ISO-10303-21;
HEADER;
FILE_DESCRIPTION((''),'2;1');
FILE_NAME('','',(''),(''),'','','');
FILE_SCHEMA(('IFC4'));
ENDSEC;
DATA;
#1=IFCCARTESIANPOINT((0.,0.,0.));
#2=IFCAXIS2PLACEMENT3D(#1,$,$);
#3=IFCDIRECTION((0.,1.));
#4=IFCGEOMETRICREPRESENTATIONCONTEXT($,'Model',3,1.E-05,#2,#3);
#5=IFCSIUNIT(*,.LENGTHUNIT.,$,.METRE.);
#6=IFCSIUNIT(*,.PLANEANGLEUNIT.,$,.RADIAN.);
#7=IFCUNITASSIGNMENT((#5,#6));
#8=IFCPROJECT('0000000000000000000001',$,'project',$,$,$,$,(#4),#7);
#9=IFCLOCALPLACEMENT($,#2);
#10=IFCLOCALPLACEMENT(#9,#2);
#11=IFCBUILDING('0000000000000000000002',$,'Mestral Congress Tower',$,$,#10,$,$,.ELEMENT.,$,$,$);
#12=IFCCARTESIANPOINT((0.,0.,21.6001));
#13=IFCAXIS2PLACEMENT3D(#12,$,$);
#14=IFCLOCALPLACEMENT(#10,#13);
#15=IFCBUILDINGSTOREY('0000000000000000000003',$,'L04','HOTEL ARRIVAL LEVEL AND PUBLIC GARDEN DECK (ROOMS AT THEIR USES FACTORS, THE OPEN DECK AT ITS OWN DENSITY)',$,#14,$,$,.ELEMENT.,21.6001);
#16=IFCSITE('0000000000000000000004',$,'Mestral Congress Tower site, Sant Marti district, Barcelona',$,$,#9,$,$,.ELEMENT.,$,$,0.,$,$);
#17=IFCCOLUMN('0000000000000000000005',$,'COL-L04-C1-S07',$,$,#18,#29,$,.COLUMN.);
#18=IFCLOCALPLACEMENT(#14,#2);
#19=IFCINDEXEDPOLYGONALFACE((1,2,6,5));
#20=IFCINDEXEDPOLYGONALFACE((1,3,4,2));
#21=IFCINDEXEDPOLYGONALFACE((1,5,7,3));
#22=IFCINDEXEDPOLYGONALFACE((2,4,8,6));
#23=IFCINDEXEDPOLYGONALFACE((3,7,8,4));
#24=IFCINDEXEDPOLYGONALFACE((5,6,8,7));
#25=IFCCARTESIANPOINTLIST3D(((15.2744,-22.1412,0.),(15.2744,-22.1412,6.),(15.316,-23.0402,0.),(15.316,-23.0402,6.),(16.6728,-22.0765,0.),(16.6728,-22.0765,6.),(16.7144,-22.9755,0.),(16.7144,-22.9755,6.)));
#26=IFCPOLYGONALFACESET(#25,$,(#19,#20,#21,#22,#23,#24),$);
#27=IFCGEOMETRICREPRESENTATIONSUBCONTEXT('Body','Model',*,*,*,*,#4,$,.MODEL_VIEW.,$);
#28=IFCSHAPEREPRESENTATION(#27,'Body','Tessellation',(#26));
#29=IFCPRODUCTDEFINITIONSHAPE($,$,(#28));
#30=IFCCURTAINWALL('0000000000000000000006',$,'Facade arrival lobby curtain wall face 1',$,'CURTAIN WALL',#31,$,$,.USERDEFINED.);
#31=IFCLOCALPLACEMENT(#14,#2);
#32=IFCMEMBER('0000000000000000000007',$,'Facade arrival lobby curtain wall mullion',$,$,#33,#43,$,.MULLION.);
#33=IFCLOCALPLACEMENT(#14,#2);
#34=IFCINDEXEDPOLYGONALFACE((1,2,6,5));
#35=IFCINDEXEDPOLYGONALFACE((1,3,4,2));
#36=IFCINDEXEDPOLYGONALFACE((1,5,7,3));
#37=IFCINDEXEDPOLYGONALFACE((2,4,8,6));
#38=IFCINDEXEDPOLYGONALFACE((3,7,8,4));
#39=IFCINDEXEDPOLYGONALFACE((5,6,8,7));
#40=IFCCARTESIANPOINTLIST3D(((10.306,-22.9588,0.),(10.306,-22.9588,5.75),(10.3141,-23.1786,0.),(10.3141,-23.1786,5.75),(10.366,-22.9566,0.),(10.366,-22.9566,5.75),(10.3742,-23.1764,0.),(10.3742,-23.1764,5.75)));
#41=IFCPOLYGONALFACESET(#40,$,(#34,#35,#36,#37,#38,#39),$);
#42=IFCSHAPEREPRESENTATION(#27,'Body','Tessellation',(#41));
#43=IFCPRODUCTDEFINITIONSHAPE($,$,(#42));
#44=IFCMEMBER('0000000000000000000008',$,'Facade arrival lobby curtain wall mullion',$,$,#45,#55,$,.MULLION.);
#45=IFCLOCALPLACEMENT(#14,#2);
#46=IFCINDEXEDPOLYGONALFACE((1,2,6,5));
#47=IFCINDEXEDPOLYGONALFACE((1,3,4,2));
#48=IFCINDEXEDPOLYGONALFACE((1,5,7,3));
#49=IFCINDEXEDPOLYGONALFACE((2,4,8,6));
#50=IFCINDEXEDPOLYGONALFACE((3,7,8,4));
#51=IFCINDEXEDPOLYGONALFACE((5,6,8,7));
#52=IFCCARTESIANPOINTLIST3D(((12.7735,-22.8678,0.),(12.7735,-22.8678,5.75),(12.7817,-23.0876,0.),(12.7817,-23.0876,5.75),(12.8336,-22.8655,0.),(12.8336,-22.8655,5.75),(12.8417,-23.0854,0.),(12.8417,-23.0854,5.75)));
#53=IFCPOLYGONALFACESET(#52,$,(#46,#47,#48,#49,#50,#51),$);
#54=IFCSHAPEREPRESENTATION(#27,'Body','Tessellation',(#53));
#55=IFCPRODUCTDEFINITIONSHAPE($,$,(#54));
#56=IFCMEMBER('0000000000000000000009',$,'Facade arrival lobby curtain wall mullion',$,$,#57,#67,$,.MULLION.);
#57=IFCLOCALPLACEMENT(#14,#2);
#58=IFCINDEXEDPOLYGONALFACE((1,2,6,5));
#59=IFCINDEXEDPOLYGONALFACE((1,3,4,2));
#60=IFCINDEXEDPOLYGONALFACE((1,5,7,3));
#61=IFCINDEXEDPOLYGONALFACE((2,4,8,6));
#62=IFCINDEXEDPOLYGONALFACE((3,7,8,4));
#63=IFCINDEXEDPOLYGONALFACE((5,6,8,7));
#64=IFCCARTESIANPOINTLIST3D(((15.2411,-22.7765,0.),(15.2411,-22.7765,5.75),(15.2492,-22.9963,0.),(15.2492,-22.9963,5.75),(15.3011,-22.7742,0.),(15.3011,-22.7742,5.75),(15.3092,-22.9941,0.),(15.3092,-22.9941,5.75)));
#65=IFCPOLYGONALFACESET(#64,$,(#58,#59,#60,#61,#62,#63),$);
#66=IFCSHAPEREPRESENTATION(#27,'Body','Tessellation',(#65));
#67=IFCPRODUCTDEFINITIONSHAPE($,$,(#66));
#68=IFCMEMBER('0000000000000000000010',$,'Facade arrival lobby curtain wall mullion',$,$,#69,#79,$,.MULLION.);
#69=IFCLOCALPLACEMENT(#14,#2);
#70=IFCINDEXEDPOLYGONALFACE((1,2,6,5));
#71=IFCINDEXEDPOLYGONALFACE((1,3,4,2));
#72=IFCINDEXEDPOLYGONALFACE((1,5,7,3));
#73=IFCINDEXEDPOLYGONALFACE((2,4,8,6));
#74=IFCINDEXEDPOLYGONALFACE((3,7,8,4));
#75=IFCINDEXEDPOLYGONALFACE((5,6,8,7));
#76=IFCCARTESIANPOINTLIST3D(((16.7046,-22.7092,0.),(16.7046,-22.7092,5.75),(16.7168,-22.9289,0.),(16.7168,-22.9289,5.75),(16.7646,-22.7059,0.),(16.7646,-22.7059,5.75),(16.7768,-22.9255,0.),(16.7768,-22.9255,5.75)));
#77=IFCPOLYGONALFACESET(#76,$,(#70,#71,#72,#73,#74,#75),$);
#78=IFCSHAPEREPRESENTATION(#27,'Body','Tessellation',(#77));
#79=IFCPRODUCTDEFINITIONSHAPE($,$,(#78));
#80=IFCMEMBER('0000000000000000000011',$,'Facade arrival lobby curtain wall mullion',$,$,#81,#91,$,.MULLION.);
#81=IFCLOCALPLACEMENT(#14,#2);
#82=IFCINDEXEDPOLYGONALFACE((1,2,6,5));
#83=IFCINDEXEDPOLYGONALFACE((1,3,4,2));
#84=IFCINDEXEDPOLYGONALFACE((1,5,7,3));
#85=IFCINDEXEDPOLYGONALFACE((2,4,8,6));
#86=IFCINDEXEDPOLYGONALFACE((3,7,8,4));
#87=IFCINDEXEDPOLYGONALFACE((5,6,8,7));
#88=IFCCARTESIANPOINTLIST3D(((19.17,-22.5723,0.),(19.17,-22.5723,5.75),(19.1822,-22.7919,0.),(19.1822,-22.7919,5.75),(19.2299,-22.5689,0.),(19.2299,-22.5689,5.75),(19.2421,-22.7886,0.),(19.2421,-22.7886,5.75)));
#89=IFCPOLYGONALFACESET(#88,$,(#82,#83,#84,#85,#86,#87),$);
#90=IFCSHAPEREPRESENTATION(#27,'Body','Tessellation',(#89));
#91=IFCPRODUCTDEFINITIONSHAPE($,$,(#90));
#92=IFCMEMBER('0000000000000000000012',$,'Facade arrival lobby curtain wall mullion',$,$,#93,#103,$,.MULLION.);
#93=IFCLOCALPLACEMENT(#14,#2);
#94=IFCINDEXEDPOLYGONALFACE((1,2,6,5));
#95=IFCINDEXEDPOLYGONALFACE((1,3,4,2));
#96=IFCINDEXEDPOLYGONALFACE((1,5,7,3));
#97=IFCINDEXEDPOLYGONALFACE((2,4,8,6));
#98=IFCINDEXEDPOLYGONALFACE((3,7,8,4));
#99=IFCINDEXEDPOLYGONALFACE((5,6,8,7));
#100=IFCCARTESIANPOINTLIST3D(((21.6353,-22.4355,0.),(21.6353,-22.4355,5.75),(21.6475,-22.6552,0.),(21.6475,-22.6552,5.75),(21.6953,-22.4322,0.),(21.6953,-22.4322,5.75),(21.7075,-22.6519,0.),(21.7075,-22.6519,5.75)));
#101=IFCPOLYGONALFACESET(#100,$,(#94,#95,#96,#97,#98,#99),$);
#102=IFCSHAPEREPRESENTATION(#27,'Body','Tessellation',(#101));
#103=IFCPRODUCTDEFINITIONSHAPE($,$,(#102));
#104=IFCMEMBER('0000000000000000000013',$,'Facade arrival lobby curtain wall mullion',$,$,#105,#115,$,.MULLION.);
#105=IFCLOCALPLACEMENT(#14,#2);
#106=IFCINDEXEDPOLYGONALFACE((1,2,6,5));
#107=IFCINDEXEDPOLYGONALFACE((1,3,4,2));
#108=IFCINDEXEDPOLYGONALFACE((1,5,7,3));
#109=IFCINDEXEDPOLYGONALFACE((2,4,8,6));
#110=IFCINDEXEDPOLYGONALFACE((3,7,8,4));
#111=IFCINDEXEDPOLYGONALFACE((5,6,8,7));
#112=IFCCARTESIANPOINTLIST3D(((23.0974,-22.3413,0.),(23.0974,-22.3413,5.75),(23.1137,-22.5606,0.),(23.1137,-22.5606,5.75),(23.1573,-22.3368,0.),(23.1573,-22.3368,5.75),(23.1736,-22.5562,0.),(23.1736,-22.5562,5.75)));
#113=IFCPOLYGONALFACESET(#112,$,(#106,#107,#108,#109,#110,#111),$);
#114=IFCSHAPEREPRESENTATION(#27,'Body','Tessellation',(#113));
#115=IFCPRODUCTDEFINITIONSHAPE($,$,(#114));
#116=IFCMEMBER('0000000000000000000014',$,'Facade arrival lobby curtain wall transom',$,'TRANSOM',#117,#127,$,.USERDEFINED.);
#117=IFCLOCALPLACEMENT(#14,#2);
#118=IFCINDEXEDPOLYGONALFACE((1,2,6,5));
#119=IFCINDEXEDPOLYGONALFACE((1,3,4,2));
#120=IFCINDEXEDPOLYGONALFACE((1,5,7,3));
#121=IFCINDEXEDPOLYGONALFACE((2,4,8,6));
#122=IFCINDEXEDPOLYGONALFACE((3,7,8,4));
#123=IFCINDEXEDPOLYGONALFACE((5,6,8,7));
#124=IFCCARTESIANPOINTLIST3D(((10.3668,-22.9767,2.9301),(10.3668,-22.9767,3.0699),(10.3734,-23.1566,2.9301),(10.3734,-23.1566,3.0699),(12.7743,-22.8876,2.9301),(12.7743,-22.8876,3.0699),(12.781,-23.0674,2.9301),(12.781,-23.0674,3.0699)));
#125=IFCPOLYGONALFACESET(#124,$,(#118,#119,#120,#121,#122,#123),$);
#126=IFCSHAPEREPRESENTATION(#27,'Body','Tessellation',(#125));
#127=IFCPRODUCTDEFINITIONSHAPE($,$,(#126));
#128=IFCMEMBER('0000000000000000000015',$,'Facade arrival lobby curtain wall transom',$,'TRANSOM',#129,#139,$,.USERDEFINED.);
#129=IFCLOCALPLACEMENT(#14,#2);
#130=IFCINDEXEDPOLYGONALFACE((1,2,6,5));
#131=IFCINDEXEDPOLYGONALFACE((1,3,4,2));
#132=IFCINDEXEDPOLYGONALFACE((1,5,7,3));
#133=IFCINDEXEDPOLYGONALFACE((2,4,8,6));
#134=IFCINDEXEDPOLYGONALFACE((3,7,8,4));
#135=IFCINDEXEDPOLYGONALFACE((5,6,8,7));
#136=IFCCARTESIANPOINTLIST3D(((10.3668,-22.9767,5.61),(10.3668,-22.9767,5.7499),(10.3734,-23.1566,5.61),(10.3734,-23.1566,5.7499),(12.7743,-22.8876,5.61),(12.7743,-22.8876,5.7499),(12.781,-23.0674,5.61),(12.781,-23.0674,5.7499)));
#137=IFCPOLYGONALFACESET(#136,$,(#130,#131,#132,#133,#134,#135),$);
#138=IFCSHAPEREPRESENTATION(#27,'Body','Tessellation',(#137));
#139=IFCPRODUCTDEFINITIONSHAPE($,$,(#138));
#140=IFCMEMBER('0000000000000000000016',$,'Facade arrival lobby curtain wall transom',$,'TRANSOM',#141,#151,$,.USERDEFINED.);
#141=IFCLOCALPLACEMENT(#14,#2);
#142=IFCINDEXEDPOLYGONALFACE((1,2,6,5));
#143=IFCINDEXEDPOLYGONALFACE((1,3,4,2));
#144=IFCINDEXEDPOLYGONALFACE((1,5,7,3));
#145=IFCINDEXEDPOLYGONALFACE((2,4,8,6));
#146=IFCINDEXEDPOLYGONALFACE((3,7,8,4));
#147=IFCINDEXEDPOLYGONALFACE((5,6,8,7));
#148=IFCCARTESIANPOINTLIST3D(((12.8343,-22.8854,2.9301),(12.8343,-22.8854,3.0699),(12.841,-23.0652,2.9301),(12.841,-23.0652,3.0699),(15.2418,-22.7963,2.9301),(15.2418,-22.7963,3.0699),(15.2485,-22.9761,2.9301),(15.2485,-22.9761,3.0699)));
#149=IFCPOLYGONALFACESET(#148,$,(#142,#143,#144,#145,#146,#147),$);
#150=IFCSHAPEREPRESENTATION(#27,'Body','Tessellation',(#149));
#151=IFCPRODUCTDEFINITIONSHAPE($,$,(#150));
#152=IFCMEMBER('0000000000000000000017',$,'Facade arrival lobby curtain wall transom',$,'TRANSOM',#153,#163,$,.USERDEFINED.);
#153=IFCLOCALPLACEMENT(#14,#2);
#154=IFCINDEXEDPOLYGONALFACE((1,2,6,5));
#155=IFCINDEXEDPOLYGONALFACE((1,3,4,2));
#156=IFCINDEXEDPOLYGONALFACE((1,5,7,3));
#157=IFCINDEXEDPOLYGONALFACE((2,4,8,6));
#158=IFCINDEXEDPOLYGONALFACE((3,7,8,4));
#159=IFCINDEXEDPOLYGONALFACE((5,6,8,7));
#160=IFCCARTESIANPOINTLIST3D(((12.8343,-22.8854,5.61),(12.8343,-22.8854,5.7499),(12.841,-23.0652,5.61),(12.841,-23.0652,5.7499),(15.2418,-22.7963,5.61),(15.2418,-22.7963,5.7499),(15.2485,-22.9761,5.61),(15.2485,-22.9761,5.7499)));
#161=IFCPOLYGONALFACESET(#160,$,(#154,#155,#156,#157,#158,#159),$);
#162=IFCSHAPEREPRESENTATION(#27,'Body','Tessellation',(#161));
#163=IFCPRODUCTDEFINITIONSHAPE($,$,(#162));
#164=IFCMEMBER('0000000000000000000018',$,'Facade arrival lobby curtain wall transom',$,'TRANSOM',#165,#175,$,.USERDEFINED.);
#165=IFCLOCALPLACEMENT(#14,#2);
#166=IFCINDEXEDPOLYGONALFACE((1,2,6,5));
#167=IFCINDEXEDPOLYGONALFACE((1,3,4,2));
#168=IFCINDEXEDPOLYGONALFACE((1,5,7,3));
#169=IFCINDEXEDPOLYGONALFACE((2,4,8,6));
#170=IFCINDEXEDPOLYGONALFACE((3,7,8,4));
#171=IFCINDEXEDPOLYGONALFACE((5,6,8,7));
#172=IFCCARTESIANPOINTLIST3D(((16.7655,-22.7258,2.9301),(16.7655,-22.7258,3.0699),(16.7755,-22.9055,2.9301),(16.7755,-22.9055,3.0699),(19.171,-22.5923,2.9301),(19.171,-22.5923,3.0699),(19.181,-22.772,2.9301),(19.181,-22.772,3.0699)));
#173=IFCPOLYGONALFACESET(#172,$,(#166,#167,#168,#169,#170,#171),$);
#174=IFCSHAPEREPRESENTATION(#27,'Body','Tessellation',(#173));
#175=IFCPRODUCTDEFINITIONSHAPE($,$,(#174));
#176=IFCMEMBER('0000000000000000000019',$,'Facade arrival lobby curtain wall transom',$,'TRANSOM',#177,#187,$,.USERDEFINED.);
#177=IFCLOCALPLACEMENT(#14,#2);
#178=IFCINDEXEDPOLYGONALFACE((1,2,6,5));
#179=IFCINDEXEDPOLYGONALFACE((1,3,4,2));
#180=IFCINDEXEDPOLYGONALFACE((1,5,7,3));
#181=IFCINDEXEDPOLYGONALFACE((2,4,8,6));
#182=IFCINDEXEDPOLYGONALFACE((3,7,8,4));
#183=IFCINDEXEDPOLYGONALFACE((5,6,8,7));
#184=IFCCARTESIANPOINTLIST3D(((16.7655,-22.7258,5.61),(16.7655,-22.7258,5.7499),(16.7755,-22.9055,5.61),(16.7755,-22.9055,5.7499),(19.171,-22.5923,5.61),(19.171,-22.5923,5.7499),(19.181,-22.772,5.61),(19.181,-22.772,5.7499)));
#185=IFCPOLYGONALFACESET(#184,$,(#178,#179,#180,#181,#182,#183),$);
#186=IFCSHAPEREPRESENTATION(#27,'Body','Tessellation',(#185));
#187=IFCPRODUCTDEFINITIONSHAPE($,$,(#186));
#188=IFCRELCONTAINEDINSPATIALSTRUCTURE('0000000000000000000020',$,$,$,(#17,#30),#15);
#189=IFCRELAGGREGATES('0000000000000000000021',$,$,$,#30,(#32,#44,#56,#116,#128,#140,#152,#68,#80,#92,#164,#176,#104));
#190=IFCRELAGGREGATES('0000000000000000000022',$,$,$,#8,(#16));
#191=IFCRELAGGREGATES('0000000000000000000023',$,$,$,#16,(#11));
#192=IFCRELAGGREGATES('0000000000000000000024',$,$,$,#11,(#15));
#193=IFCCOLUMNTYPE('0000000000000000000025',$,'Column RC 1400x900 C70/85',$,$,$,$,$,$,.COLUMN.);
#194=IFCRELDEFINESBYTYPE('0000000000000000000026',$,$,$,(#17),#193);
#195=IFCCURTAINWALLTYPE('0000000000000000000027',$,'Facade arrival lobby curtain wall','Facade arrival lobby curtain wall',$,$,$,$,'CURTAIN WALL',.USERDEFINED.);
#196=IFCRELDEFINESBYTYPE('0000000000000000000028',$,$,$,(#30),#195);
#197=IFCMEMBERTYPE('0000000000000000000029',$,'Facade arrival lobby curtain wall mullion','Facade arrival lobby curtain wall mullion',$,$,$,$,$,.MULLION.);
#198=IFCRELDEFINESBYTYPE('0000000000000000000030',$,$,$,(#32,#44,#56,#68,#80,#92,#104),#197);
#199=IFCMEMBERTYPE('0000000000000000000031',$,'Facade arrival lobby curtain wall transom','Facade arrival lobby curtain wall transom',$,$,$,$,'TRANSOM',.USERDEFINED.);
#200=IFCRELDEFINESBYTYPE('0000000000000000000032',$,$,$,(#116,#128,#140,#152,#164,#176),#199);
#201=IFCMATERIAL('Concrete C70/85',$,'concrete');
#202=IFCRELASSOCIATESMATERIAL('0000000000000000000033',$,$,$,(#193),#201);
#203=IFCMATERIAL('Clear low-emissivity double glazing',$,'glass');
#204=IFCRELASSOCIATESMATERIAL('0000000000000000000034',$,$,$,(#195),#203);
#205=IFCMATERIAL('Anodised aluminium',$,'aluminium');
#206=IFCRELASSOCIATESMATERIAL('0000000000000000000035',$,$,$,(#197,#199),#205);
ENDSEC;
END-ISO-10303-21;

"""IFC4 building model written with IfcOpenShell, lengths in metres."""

from ifc_helpers import new_model, si_unit, direction, frame, origin, origin_2d, place, context, subcontext, project, spatial, rectangle, extrude, material, material_profile, profile_set, type_object, element, aggregate, save


model = new_model("IFC4")

# Units and contexts
model_context = context("Model", 3, precision=1e-05, world=origin(), true_north=direction((0.0, 1.0)))
body_context = subcontext(model_context, "Body", "Model", "MODEL_VIEW")
ifc_project = project(units=[si_unit("LENGTHUNIT", "METRE"), si_unit("PLANEANGLEUNIT", "RADIAN")], contexts=[model_context])

# Site, building, storey
site_placement = place(None, origin())
site = spatial("IfcSite", under=ifc_project, at=site_placement, Name="Mestral Congress Tower site, Sant Marti district, Barcelona", CompositionType="ELEMENT", RefElevation=0.0)
building_placement = place(site_placement, origin())
building = spatial("IfcBuilding", under=site, at=building_placement, Name="Mestral Congress Tower", CompositionType="ELEMENT")
storey_placement = place(building_placement, frame((0.0, 0.0, 21.6001)))
storey = spatial("IfcBuildingStorey", under=building, at=storey_placement, Name="L04", Description="HOTEL ARRIVAL LEVEL AND PUBLIC GARDEN DECK (ROOMS AT THEIR USES FACTORS, THE OPEN DECK AT ITS OWN DENSITY)", CompositionType="ELEMENT", Elevation=21.6001)

# Column
ifc_material_1 = material(Name="Concrete C70/85", Category="concrete")
ifc_material_profile_1 = material_profile(ifc_material_1, rectangle(XDim=1.3999, YDim=0.8999, at=origin_2d()), Name="RC 1400x900")
ifc_profile_set_1 = profile_set([ifc_material_profile_1], Name="Concrete C70/85")
column_type = type_object("IfcColumnType", Name="Column RC 1400x900 C70/85", PredefinedType="COLUMN", material=ifc_profile_set_1)
column_placement = place(storey_placement, frame((15.9944, -22.5583, 0.0), z_axis=(0.0, 0.0, 1.0), x_axis=(0.998932, 0.0462, 0.0)))
element("IfcColumn", 1, at=column_placement, inside=storey, type_object=column_type, Name="COL-L04-C1-S07", PredefinedType="COLUMN", context=body_context, shape_type="SweptSolid", body=[
    extrude(rectangle(XDim=1.3999, YDim=0.8999, at=origin_2d()), origin(), (0.0, 0.0, 1.0), 6.0),
])

# Curtain wall, members
ifc_material_2 = material(Name="Clear low-emissivity double glazing", Category="glass")
curtain_wall_type = type_object("IfcCurtainWallType", Name="Facade arrival lobby curtain wall", Description="Facade arrival lobby curtain wall", ElementType="CURTAIN WALL", PredefinedType="USERDEFINED", material=ifc_material_2)
curtain_wall_placement = place(storey_placement, origin())
curtain_wall = element("IfcCurtainWall", 2, at=curtain_wall_placement, inside=storey, type_object=curtain_wall_type, Name="Facade arrival lobby curtain wall face 1", ObjectType="CURTAIN WALL", PredefinedType="USERDEFINED")
ifc_material_3 = material(Name="Anodised aluminium", Category="aluminium")
ifc_material_profile_2 = material_profile(ifc_material_3, rectangle(XDim=0.22, YDim=0.0601, at=origin_2d()), Name="CW4 mullion 220 x 60")
ifc_profile_set_2 = profile_set([ifc_material_profile_2], Name="Anodised aluminium")
member_type_1 = type_object("IfcMemberType", Name="Facade arrival lobby curtain wall mullion", Description="Facade arrival lobby curtain wall mullion", PredefinedType="MULLION", material=ifc_profile_set_2)
member_1_placement = place(storey_placement, frame((10.3401, -23.0676, 0.0), z_axis=(0.0, 0.0, 1.0), x_axis=(0.036968, -0.999316, 0.0)))
member_1 = element("IfcMember", 3, at=member_1_placement, type_object=member_type_1, Name="Facade arrival lobby curtain wall mullion", PredefinedType="MULLION", context=body_context, shape_type="SweptSolid", body=[
    extrude(rectangle(XDim=0.22, YDim=0.0601, at=origin_2d()), origin(), (0.0, 0.0, 1.0), 5.75),
])
member_2_placement = place(storey_placement, frame((12.8076, -22.9766, 0.0), z_axis=(0.0, 0.0, 1.0), x_axis=(0.036968, -0.999316, 0.0)))
member_2 = element("IfcMember", 4, at=member_2_placement, type_object=member_type_1, Name="Facade arrival lobby curtain wall mullion", PredefinedType="MULLION", context=body_context, shape_type="SweptSolid", body=[
    extrude(rectangle(XDim=0.22, YDim=0.0601, at=origin_2d()), origin(), (0.0, 0.0, 1.0), 5.75),
])
member_3_placement = place(storey_placement, frame((15.2751, -22.8853, 0.0), z_axis=(0.0, 0.0, 1.0), x_axis=(0.036968, -0.999316, 0.0)))
member_3 = element("IfcMember", 5, at=member_3_placement, type_object=member_type_1, Name="Facade arrival lobby curtain wall mullion", PredefinedType="MULLION", context=body_context, shape_type="SweptSolid", body=[
    extrude(rectangle(XDim=0.22, YDim=0.0601, at=origin_2d()), origin(), (0.0, 0.0, 1.0), 5.75),
])
member_4_placement = place(storey_placement, frame((16.7407, -22.8174, 0.0), z_axis=(0.0, 0.0, 1.0), x_axis=(0.055428, -0.998463, 0.0)))
member_4 = element("IfcMember", 6, at=member_4_placement, type_object=member_type_1, Name="Facade arrival lobby curtain wall mullion", PredefinedType="MULLION", context=body_context, shape_type="SweptSolid", body=[
    extrude(rectangle(XDim=0.22, YDim=0.0601, at=origin_2d()), origin(), (0.0, 0.0, 1.0), 5.75),
])
member_5_placement = place(storey_placement, frame((19.2061, -22.6804, 0.0), z_axis=(0.0, 0.0, 1.0), x_axis=(0.055428, -0.998463, 0.0)))
member_5 = element("IfcMember", 7, at=member_5_placement, type_object=member_type_1, Name="Facade arrival lobby curtain wall mullion", PredefinedType="MULLION", context=body_context, shape_type="SweptSolid", body=[
    extrude(rectangle(XDim=0.22, YDim=0.0601, at=origin_2d()), origin(), (0.0, 0.0, 1.0), 5.75),
])
member_6_placement = place(storey_placement, frame((21.6714, -22.5437, 0.0), z_axis=(0.0, 0.0, 1.0), x_axis=(0.055428, -0.998463, 0.0)))
member_6 = element("IfcMember", 8, at=member_6_placement, type_object=member_type_1, Name="Facade arrival lobby curtain wall mullion", PredefinedType="MULLION", context=body_context, shape_type="SweptSolid", body=[
    extrude(rectangle(XDim=0.22, YDim=0.0601, at=origin_2d()), origin(), (0.0, 0.0, 1.0), 5.75),
])
member_7_placement = place(storey_placement, frame((23.1355, -22.4487, 0.0), z_axis=(0.0, 0.0, 1.0), x_axis=(0.073879, -0.997267, 0.0)))
member_7 = element("IfcMember", 9, at=member_7_placement, type_object=member_type_1, Name="Facade arrival lobby curtain wall mullion", PredefinedType="MULLION", context=body_context, shape_type="SweptSolid", body=[
    extrude(rectangle(XDim=0.22, YDim=0.0601, at=origin_2d()), origin(), (0.0, 0.0, 1.0), 5.75),
])
ifc_material_profile_3 = material_profile(ifc_material_3, rectangle(XDim=0.1799, YDim=0.1399, at=origin_2d()), Name="CW4 transom 180 x 140")
ifc_profile_set_3 = profile_set([ifc_material_profile_3], Name="Anodised aluminium")
member_type_2 = type_object("IfcMemberType", Name="Facade arrival lobby curtain wall transom", Description="Facade arrival lobby curtain wall transom", ElementType="TRANSOM", PredefinedType="USERDEFINED", material=ifc_profile_set_3)
member_8_placement = place(storey_placement, frame((10.3701, -23.0667, 3.0), z_axis=(0.999316, 0.036989, 0.0), x_axis=(-0.036989, 0.999316, 0.0)))
member_8 = element("IfcMember", 10, at=member_8_placement, type_object=member_type_2, Name="Facade arrival lobby curtain wall transom", ObjectType="TRANSOM", PredefinedType="USERDEFINED", context=body_context, shape_type="SweptSolid", body=[
    extrude(rectangle(XDim=0.1799, YDim=0.1399, at=origin_2d()), origin(), (0.0, 0.0, 1.0), 2.4092),
])
member_9_placement = place(storey_placement, frame((10.3701, -23.0667, 5.6799), z_axis=(0.999316, 0.036989, 0.0), x_axis=(-0.036989, 0.999316, 0.0)))
member_9 = element("IfcMember", 11, at=member_9_placement, type_object=member_type_2, Name="Facade arrival lobby curtain wall transom", ObjectType="TRANSOM", PredefinedType="USERDEFINED", context=body_context, shape_type="SweptSolid", body=[
    extrude(rectangle(XDim=0.1799, YDim=0.1399, at=origin_2d()), origin(), (0.0, 0.0, 1.0), 2.4092),
])
member_10_placement = place(storey_placement, frame((12.8376, -22.9753, 3.0), z_axis=(0.999316, 0.036989, 0.0), x_axis=(-0.036989, 0.999316, 0.0)))
member_10 = element("IfcMember", 12, at=member_10_placement, type_object=member_type_2, Name="Facade arrival lobby curtain wall transom", ObjectType="TRANSOM", PredefinedType="USERDEFINED", context=body_context, shape_type="SweptSolid", body=[
    extrude(rectangle(XDim=0.1799, YDim=0.1399, at=origin_2d()), origin(), (0.0, 0.0, 1.0), 2.4092),
])
member_11_placement = place(storey_placement, frame((12.8376, -22.9753, 5.6799), z_axis=(0.999316, 0.036989, 0.0), x_axis=(-0.036989, 0.999316, 0.0)))
member_11 = element("IfcMember", 13, at=member_11_placement, type_object=member_type_2, Name="Facade arrival lobby curtain wall transom", ObjectType="TRANSOM", PredefinedType="USERDEFINED", context=body_context, shape_type="SweptSolid", body=[
    extrude(rectangle(XDim=0.1799, YDim=0.1399, at=origin_2d()), origin(), (0.0, 0.0, 1.0), 2.4092),
])
member_12_placement = place(storey_placement, frame((16.7705, -22.8157, 3.0), z_axis=(0.998463, 0.055431, 0.0), x_axis=(-0.055431, 0.998463, 0.0)))
member_12 = element("IfcMember", 14, at=member_12_placement, type_object=member_type_2, Name="Facade arrival lobby curtain wall transom", ObjectType="TRANSOM", PredefinedType="USERDEFINED", context=body_context, shape_type="SweptSolid", body=[
    extrude(rectangle(XDim=0.1799, YDim=0.1399, at=origin_2d()), origin(), (0.0, 0.0, 1.0), 2.4092),
])
member_13_placement = place(storey_placement, frame((16.7705, -22.8157, 5.6799), z_axis=(0.998463, 0.055431, 0.0), x_axis=(-0.055431, 0.998463, 0.0)))
member_13 = element("IfcMember", 15, at=member_13_placement, type_object=member_type_2, Name="Facade arrival lobby curtain wall transom", ObjectType="TRANSOM", PredefinedType="USERDEFINED", context=body_context, shape_type="SweptSolid", body=[
    extrude(rectangle(XDim=0.1799, YDim=0.1399, at=origin_2d()), origin(), (0.0, 0.0, 1.0), 2.4092),
])

aggregate(curtain_wall, [member_1, member_2, member_3, member_8, member_9, member_10, member_11, member_4, member_5, member_6, member_12, member_13, member_7])

save(model, "model.ifc")
